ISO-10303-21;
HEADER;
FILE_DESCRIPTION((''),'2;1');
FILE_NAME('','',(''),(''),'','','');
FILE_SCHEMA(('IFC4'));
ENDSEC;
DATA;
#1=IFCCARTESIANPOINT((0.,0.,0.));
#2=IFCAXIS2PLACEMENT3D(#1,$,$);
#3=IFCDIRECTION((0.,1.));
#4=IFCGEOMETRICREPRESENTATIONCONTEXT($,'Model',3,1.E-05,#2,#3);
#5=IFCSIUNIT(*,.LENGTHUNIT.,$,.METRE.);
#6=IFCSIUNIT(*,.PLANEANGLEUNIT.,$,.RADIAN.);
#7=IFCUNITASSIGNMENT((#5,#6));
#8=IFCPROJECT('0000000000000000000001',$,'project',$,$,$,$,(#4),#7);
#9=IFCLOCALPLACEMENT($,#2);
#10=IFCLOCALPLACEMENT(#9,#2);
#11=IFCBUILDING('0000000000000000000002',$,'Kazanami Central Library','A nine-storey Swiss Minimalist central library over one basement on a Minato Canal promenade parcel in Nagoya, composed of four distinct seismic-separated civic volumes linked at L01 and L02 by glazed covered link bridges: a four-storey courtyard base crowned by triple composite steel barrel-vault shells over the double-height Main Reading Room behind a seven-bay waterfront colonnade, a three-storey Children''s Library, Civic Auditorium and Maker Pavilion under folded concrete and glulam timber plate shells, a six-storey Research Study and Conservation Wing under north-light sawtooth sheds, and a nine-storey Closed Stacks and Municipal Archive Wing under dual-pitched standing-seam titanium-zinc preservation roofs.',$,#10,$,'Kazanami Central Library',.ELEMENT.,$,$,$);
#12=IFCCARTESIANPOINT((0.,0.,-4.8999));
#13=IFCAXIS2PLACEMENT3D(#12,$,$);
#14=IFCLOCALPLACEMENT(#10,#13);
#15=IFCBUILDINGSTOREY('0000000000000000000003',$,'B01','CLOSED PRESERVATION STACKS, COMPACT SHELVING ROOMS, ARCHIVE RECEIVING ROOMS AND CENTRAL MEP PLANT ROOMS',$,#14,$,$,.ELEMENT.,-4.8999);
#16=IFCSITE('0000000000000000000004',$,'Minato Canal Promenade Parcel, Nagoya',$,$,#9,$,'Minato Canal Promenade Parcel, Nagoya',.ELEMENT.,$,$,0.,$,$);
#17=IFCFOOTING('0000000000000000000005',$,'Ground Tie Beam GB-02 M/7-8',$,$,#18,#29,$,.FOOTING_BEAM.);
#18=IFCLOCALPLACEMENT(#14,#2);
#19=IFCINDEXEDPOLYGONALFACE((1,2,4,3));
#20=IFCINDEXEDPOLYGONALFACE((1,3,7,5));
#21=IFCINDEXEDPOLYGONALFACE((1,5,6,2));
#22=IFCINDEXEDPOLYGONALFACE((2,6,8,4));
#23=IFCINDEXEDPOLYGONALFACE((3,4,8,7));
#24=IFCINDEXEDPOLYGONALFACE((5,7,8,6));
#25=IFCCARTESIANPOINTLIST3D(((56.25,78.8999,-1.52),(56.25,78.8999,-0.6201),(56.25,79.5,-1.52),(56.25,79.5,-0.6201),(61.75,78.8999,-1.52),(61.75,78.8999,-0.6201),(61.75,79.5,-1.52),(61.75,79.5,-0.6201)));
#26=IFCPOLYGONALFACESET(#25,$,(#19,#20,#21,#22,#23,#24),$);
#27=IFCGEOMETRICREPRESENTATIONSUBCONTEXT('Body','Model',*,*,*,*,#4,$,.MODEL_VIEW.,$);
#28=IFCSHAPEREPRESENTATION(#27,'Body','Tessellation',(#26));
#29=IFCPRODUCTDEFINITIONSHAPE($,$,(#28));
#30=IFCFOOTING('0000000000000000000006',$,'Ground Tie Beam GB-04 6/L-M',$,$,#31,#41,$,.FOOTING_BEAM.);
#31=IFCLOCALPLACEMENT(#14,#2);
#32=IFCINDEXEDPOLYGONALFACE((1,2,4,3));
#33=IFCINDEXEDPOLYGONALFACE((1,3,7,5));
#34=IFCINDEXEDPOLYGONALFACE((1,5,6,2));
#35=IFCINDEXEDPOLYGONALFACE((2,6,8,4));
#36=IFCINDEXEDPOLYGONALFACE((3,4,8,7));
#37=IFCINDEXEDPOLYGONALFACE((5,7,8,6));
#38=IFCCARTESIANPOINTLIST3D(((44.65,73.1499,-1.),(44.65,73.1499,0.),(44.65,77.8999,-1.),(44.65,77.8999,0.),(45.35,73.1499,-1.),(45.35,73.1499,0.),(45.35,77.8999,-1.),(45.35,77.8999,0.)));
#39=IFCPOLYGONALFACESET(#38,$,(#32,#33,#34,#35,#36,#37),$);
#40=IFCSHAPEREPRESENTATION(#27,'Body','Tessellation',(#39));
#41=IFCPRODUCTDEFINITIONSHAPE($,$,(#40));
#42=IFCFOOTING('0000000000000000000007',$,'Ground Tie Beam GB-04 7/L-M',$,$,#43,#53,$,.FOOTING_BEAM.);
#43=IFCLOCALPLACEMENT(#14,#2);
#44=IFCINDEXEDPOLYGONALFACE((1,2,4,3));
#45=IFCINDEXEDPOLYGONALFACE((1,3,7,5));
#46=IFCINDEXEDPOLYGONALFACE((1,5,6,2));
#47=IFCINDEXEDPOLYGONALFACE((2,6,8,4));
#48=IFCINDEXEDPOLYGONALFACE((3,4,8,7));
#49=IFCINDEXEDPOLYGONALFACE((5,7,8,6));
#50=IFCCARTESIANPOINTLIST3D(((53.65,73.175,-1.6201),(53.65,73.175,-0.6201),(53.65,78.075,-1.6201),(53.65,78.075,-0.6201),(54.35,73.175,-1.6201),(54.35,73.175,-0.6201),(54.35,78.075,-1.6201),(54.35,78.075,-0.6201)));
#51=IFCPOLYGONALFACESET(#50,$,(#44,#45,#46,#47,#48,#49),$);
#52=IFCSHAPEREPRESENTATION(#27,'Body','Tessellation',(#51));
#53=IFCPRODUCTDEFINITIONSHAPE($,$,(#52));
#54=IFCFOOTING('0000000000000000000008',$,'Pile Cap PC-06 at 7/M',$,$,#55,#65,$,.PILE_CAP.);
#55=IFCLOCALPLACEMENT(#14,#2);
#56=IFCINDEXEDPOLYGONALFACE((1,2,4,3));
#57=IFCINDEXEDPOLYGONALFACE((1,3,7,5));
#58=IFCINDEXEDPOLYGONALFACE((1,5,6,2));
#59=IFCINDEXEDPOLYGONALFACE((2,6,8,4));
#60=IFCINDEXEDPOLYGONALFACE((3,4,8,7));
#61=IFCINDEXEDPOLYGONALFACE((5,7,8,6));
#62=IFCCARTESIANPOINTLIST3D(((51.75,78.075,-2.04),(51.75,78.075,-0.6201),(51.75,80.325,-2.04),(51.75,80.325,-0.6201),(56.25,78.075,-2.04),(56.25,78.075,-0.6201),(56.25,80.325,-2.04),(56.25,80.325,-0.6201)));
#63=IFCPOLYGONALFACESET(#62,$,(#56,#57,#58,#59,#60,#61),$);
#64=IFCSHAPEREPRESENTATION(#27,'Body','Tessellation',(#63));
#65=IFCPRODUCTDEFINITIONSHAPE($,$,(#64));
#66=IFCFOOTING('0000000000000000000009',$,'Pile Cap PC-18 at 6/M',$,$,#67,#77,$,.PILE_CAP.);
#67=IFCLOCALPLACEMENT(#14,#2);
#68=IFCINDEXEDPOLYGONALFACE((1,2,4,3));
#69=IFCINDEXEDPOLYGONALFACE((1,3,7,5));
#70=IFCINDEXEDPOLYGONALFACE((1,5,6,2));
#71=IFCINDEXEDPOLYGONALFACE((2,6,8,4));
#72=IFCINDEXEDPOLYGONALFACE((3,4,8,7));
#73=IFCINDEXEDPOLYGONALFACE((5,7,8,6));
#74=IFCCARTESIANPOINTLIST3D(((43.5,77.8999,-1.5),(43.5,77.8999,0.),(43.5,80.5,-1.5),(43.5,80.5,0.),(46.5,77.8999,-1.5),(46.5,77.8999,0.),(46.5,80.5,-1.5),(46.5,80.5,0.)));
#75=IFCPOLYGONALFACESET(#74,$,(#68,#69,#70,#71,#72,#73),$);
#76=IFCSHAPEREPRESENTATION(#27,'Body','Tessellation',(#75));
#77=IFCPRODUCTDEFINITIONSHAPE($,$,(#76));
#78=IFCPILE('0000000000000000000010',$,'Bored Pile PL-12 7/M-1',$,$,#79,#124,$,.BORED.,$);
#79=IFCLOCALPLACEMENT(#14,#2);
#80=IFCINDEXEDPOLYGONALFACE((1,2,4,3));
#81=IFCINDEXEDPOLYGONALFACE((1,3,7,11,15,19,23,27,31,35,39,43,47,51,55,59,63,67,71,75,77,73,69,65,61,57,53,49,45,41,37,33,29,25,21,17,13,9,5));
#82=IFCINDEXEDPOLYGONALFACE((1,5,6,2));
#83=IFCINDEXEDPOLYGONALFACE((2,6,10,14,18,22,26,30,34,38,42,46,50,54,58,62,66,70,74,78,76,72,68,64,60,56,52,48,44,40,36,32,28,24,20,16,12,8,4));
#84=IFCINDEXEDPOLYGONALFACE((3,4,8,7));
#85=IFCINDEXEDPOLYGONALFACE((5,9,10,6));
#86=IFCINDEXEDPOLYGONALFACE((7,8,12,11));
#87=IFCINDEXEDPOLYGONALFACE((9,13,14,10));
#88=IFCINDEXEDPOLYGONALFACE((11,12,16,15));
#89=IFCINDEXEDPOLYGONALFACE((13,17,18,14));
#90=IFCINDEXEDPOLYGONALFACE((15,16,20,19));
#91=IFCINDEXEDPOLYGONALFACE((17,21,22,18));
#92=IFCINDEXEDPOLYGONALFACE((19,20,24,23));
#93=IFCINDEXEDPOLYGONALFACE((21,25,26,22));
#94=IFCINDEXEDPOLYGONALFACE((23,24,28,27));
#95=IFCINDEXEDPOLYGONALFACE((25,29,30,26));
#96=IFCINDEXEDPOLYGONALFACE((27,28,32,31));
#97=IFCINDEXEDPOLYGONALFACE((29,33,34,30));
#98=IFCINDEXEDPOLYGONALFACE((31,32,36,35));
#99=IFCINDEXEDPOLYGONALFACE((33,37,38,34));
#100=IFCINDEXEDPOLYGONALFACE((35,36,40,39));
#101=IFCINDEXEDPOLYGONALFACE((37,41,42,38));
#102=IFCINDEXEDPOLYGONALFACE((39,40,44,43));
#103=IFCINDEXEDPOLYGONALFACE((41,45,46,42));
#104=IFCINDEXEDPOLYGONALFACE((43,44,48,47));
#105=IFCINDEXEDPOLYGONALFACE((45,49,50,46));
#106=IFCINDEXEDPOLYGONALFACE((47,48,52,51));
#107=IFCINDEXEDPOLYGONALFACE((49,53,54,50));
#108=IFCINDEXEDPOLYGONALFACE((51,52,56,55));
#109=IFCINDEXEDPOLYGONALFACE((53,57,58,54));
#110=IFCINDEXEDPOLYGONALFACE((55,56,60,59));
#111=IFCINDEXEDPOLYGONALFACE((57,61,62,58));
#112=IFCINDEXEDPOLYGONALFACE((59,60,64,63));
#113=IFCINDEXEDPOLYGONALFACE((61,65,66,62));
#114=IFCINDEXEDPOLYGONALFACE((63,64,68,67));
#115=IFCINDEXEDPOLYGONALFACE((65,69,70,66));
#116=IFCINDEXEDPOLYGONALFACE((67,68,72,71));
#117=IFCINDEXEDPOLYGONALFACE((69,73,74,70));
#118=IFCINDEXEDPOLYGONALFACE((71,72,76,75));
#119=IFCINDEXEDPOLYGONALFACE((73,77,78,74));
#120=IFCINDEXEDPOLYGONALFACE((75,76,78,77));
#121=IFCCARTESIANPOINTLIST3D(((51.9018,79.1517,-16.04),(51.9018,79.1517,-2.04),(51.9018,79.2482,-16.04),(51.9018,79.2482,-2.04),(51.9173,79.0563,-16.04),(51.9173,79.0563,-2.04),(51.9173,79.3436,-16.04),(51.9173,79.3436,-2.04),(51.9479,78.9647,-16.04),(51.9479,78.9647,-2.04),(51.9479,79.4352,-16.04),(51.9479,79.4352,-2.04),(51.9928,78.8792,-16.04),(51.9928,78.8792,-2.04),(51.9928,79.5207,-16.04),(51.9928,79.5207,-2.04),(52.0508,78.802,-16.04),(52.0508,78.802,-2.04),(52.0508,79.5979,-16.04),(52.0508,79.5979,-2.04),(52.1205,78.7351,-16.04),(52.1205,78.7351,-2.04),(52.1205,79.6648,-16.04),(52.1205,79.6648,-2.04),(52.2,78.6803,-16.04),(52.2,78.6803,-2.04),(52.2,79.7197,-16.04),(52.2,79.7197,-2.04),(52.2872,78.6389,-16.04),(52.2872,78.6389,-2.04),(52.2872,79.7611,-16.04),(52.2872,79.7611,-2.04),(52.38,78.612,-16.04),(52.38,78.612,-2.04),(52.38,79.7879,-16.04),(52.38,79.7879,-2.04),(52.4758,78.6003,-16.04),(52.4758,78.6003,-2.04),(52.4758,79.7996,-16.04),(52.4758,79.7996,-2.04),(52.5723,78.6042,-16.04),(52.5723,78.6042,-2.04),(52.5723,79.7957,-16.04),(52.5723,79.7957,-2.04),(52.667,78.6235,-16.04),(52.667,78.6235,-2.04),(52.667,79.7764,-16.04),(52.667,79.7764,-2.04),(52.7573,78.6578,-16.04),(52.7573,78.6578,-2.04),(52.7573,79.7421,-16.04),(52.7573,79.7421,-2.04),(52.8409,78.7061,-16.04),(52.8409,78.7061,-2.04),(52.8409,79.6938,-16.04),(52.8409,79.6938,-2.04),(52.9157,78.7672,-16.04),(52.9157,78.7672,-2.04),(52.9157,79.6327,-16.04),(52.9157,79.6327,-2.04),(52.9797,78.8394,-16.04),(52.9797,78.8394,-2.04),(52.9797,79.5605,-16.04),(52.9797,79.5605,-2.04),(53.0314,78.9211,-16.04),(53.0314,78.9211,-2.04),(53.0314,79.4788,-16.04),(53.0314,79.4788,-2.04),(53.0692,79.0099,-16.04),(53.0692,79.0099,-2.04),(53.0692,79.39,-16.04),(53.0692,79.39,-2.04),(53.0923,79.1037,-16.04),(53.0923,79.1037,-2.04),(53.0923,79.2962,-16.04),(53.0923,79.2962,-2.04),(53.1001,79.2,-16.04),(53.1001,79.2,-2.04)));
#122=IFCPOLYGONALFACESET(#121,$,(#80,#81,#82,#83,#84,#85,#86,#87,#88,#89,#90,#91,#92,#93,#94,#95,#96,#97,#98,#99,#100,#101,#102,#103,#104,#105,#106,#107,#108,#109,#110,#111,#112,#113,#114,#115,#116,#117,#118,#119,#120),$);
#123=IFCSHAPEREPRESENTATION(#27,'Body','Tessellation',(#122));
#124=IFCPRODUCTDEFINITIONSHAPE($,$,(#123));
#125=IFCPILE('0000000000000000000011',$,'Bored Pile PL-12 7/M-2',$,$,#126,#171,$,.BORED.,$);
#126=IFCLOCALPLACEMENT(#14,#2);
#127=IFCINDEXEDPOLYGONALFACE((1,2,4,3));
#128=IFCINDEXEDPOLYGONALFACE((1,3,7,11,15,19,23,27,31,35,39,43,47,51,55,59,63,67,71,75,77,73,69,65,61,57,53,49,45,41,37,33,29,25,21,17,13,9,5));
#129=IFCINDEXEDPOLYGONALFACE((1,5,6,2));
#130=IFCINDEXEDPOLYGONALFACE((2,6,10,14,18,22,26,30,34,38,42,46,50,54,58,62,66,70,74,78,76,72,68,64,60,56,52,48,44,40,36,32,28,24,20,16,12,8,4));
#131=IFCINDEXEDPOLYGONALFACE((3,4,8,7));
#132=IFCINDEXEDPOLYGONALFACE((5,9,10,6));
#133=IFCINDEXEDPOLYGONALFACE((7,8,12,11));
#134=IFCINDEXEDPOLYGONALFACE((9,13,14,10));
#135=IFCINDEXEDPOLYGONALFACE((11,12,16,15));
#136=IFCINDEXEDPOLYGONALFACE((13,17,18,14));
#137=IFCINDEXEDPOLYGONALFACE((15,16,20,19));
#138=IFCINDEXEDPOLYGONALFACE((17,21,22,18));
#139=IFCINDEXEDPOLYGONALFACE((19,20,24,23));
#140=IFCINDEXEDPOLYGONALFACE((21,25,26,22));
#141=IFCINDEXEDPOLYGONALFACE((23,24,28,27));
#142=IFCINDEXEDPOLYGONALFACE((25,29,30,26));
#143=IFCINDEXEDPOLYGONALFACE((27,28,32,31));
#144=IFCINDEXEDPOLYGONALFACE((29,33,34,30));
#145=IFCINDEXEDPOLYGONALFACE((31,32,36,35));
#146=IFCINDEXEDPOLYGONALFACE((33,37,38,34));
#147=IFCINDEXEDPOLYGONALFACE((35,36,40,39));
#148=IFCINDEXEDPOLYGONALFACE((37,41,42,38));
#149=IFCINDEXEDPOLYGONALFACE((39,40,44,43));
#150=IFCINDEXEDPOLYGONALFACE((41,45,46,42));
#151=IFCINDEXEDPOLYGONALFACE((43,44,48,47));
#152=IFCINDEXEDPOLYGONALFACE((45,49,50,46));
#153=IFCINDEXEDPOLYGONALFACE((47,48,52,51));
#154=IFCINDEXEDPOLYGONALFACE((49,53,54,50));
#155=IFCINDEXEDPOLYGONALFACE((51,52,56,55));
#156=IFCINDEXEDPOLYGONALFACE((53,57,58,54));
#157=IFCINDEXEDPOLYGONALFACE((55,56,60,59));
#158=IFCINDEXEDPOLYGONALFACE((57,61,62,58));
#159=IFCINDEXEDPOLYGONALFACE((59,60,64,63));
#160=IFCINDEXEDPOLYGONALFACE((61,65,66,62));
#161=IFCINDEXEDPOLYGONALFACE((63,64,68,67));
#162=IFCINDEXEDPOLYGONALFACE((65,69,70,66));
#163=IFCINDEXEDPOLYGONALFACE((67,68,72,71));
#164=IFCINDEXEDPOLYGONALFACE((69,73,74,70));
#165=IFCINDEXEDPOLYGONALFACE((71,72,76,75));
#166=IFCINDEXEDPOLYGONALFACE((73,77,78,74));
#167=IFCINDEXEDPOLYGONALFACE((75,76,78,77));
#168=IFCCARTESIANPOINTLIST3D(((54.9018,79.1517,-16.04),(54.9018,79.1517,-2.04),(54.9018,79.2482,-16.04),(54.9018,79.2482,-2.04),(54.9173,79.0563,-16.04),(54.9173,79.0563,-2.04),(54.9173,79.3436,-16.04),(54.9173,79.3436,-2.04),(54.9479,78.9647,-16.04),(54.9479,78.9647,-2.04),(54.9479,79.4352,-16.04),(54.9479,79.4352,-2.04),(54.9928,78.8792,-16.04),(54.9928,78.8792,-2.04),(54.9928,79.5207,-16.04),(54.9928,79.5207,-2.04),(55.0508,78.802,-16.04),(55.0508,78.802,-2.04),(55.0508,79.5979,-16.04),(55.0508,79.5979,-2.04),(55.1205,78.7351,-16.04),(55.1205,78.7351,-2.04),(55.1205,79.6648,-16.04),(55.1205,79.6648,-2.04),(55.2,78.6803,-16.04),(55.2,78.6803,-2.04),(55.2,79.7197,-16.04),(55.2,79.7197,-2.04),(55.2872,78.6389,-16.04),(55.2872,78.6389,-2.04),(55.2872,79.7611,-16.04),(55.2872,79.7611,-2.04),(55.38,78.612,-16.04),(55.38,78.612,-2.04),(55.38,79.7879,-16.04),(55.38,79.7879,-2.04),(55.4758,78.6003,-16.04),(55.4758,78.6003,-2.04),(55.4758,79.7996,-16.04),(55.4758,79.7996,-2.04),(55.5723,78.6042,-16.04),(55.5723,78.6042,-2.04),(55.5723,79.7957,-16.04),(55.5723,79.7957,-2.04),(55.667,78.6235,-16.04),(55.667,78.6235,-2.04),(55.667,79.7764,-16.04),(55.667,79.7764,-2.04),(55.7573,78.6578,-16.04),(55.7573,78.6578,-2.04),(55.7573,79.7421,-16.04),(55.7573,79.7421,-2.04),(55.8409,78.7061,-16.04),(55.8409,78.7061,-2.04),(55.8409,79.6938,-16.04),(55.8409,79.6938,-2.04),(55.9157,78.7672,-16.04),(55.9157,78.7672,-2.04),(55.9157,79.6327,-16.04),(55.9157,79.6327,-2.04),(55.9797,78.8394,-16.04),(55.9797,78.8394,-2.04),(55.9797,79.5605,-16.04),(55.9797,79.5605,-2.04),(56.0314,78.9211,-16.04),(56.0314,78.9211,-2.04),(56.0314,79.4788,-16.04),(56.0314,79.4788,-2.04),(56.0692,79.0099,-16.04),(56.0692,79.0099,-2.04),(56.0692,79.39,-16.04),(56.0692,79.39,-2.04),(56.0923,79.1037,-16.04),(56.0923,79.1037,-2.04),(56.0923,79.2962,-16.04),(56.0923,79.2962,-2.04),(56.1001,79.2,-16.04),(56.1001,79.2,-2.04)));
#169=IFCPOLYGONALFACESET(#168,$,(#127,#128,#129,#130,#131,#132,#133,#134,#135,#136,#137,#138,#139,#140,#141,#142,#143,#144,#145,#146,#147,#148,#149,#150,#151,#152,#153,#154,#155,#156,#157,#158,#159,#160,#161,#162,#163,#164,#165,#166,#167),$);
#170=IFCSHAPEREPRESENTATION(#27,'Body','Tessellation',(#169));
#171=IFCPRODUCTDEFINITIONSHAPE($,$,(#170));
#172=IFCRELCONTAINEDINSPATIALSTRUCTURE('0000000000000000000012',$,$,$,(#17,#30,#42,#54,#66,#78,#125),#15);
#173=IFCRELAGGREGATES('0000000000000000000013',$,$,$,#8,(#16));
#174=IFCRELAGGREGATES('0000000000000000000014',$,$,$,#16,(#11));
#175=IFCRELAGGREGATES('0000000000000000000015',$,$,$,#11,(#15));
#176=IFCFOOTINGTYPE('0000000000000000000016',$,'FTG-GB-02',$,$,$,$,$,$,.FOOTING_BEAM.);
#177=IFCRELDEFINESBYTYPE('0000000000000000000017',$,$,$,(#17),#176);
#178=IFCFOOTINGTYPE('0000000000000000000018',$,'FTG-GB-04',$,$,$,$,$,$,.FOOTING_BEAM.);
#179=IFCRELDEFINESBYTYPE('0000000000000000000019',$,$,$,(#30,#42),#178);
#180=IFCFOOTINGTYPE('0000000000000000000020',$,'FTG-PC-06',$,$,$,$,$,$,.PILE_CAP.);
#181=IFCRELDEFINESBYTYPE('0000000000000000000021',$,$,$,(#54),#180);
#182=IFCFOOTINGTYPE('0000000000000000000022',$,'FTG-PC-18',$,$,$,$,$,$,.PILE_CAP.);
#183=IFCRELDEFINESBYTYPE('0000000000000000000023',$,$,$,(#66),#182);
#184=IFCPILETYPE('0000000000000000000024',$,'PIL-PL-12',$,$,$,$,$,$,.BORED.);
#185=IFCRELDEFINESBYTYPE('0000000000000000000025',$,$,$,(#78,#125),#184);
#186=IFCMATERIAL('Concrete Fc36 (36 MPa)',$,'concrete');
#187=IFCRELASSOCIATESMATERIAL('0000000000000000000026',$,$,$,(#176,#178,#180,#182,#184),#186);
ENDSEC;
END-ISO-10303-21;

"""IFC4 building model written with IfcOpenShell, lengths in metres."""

from ifc_helpers import new_model, si_unit, direction, frame, origin, origin_2d, place, context, subcontext, project, spatial, rectangle, circle, extrude, material, material_profile, profile_set, type_object, element, save


model = new_model("IFC4")

# Units and contexts
model_context = context("Model", 3, precision=1e-05, world=origin(), true_north=direction((0.0, 1.0)))
body_context = subcontext(model_context, "Body", "Model", "MODEL_VIEW")
ifc_project = project(units=[si_unit("LENGTHUNIT", "METRE"), si_unit("PLANEANGLEUNIT", "RADIAN")], contexts=[model_context])

# Site, building, storey
site_placement = place(None, origin())
site = spatial("IfcSite", under=ifc_project, at=site_placement, Name="Minato Canal Promenade Parcel, Nagoya", LongName="Minato Canal Promenade Parcel, Nagoya", CompositionType="ELEMENT", RefElevation=0.0)
building_placement = place(site_placement, origin())
building = spatial("IfcBuilding", under=site, at=building_placement, Name="Kazanami Central Library", Description="A nine-storey Swiss Minimalist central library over one basement on a Minato Canal promenade parcel in Nagoya, composed of four distinct seismic-separated civic volumes linked at L01 and L02 by glazed covered link bridges: a four-storey courtyard base crowned by triple composite steel barrel-vault shells over the double-height Main Reading Room behind a seven-bay waterfront colonnade, a three-storey Children's Library, Civic Auditorium and Maker Pavilion under folded concrete and glulam timber plate shells, a six-storey Research Study and Conservation Wing under north-light sawtooth sheds, and a nine-storey Closed Stacks and Municipal Archive Wing under dual-pitched standing-seam titanium-zinc preservation roofs.", LongName="Kazanami Central Library", CompositionType="ELEMENT")
storey_placement = place(building_placement, frame((0.0, 0.0, -4.8999)))
storey = spatial("IfcBuildingStorey", under=building, at=storey_placement, Name="B01", Description="CLOSED PRESERVATION STACKS, COMPACT SHELVING ROOMS, ARCHIVE RECEIVING ROOMS AND CENTRAL MEP PLANT ROOMS", CompositionType="ELEMENT", Elevation=-4.8999)

# Footings
ifc_material_1 = material(Name="Concrete Fc36 (36 MPa)", Category="concrete")
ifc_material_profile_1 = material_profile(ifc_material_1, rectangle(XDim=0.6001, YDim=0.8999, at=origin_2d()), Name="RC-600x900")
ifc_profile_set_1 = profile_set([ifc_material_profile_1], Name="Concrete Fc36 (36 MPa)")
footing_type_1 = type_object("IfcFootingType", Name="FTG-GB-02", PredefinedType="FOOTING_BEAM", material=ifc_profile_set_1)
footing_1_placement = place(storey_placement, frame((56.25, 79.2, -1.0701), z_axis=(1.0, 0.0, 0.0), x_axis=(0.0, 1.0, 0.0)))
element("IfcFooting", 1, at=footing_1_placement, inside=storey, type_object=footing_type_1, Name="Ground Tie Beam GB-02 M/7-8", PredefinedType="FOOTING_BEAM", context=body_context, shape_type="SweptSolid", body=[
    extrude(rectangle(XDim=0.6001, YDim=0.8999, at=origin_2d()), origin(), (0.0, 0.0, 1.0), 5.5),
])
ifc_material_profile_2 = material_profile(ifc_material_1, rectangle(XDim=0.7, YDim=1.0, at=origin_2d()), Name="RC-700x1000")
ifc_profile_set_2 = profile_set([ifc_material_profile_2], Name="Concrete Fc36 (36 MPa)")
footing_type_2 = type_object("IfcFootingType", Name="FTG-GB-04", PredefinedType="FOOTING_BEAM", material=ifc_profile_set_2)
footing_2_placement = place(storey_placement, frame((45.0, 73.1499, -0.5), z_axis=(0.0, 1.0, 0.0), x_axis=(-1.0, 0.0, 0.0)))
element("IfcFooting", 2, at=footing_2_placement, inside=storey, type_object=footing_type_2, Name="Ground Tie Beam GB-04 6/L-M", PredefinedType="FOOTING_BEAM", context=body_context, shape_type="SweptSolid", body=[
    extrude(rectangle(XDim=0.7, YDim=1.0, at=origin_2d()), origin(), (0.0, 0.0, 1.0), 4.75),
])
footing_3_placement = place(storey_placement, frame((54.0, 73.175, -1.1201), z_axis=(0.0, 1.0, 0.0), x_axis=(-1.0, 0.0, 0.0)))
element("IfcFooting", 3, at=footing_3_placement, inside=storey, type_object=footing_type_2, Name="Ground Tie Beam GB-04 7/L-M", PredefinedType="FOOTING_BEAM", context=body_context, shape_type="SweptSolid", body=[
    extrude(rectangle(XDim=0.7, YDim=1.0, at=origin_2d()), origin(), (0.0, 0.0, 1.0), 4.8999),
])
footing_type_3 = type_object("IfcFootingType", Name="FTG-PC-06", PredefinedType="PILE_CAP", material=ifc_material_1)
footing_4_placement = place(storey_placement, frame((54.0, 79.2, -2.04), z_axis=(0.0, 0.0, 1.0), x_axis=(1.0, 0.0, 0.0)))
element("IfcFooting", 4, at=footing_4_placement, inside=storey, type_object=footing_type_3, Name="Pile Cap PC-06 at 7/M", PredefinedType="PILE_CAP", context=body_context, shape_type="SweptSolid", body=[
    extrude(rectangle(XDim=4.5, YDim=2.25, at=origin_2d()), origin(), (0.0, 0.0, 1.0), 1.4199),
])
footing_type_4 = type_object("IfcFootingType", Name="FTG-PC-18", PredefinedType="PILE_CAP", material=ifc_material_1)
footing_5_placement = place(storey_placement, frame((45.0, 79.2, -1.5), z_axis=(0.0, 0.0, 1.0), x_axis=(1.0, 0.0, 0.0)))
element("IfcFooting", 5, at=footing_5_placement, inside=storey, type_object=footing_type_4, Name="Pile Cap PC-18 at 6/M", PredefinedType="PILE_CAP", context=body_context, shape_type="SweptSolid", body=[
    extrude(rectangle(XDim=3.0, YDim=2.6001, at=origin_2d()), origin(), (0.0, 0.0, 1.0), 1.5),
])

# Piles
ifc_material_profile_3 = material_profile(ifc_material_1, circle(Radius=0.6001, at=origin_2d()), Name="BORED-D1200")
ifc_profile_set_3 = profile_set([ifc_material_profile_3], Name="Concrete Fc36 (36 MPa)")
pile_type_1 = type_object("IfcPileType", Name="PIL-PL-12", PredefinedType="BORED", material=ifc_profile_set_3)
for number, where, z_axis, x_axis, name in (
    (6, (52.5, 79.2, -2.04), (0.0, 0.0, -1.0), (1.0, 0.0, 0.0), "Bored Pile PL-12 7/M-1"),
    (7, (55.5, 79.2, -2.04), (0.0, 0.0, -1.0), (1.0, 0.0, 0.0), "Bored Pile PL-12 7/M-2"),
):
    element("IfcPile", number, at=place(storey_placement, frame(where, z_axis=z_axis, x_axis=x_axis)), inside=storey, type_object=pile_type_1, Name=name, PredefinedType="BORED", context=body_context, shape_type="SweptSolid", body=[
        extrude(circle(Radius=0.6001, at=origin_2d()), origin(), (0.0, 0.0, 1.0), 14.0),
    ])

save(model, "model.ifc")
